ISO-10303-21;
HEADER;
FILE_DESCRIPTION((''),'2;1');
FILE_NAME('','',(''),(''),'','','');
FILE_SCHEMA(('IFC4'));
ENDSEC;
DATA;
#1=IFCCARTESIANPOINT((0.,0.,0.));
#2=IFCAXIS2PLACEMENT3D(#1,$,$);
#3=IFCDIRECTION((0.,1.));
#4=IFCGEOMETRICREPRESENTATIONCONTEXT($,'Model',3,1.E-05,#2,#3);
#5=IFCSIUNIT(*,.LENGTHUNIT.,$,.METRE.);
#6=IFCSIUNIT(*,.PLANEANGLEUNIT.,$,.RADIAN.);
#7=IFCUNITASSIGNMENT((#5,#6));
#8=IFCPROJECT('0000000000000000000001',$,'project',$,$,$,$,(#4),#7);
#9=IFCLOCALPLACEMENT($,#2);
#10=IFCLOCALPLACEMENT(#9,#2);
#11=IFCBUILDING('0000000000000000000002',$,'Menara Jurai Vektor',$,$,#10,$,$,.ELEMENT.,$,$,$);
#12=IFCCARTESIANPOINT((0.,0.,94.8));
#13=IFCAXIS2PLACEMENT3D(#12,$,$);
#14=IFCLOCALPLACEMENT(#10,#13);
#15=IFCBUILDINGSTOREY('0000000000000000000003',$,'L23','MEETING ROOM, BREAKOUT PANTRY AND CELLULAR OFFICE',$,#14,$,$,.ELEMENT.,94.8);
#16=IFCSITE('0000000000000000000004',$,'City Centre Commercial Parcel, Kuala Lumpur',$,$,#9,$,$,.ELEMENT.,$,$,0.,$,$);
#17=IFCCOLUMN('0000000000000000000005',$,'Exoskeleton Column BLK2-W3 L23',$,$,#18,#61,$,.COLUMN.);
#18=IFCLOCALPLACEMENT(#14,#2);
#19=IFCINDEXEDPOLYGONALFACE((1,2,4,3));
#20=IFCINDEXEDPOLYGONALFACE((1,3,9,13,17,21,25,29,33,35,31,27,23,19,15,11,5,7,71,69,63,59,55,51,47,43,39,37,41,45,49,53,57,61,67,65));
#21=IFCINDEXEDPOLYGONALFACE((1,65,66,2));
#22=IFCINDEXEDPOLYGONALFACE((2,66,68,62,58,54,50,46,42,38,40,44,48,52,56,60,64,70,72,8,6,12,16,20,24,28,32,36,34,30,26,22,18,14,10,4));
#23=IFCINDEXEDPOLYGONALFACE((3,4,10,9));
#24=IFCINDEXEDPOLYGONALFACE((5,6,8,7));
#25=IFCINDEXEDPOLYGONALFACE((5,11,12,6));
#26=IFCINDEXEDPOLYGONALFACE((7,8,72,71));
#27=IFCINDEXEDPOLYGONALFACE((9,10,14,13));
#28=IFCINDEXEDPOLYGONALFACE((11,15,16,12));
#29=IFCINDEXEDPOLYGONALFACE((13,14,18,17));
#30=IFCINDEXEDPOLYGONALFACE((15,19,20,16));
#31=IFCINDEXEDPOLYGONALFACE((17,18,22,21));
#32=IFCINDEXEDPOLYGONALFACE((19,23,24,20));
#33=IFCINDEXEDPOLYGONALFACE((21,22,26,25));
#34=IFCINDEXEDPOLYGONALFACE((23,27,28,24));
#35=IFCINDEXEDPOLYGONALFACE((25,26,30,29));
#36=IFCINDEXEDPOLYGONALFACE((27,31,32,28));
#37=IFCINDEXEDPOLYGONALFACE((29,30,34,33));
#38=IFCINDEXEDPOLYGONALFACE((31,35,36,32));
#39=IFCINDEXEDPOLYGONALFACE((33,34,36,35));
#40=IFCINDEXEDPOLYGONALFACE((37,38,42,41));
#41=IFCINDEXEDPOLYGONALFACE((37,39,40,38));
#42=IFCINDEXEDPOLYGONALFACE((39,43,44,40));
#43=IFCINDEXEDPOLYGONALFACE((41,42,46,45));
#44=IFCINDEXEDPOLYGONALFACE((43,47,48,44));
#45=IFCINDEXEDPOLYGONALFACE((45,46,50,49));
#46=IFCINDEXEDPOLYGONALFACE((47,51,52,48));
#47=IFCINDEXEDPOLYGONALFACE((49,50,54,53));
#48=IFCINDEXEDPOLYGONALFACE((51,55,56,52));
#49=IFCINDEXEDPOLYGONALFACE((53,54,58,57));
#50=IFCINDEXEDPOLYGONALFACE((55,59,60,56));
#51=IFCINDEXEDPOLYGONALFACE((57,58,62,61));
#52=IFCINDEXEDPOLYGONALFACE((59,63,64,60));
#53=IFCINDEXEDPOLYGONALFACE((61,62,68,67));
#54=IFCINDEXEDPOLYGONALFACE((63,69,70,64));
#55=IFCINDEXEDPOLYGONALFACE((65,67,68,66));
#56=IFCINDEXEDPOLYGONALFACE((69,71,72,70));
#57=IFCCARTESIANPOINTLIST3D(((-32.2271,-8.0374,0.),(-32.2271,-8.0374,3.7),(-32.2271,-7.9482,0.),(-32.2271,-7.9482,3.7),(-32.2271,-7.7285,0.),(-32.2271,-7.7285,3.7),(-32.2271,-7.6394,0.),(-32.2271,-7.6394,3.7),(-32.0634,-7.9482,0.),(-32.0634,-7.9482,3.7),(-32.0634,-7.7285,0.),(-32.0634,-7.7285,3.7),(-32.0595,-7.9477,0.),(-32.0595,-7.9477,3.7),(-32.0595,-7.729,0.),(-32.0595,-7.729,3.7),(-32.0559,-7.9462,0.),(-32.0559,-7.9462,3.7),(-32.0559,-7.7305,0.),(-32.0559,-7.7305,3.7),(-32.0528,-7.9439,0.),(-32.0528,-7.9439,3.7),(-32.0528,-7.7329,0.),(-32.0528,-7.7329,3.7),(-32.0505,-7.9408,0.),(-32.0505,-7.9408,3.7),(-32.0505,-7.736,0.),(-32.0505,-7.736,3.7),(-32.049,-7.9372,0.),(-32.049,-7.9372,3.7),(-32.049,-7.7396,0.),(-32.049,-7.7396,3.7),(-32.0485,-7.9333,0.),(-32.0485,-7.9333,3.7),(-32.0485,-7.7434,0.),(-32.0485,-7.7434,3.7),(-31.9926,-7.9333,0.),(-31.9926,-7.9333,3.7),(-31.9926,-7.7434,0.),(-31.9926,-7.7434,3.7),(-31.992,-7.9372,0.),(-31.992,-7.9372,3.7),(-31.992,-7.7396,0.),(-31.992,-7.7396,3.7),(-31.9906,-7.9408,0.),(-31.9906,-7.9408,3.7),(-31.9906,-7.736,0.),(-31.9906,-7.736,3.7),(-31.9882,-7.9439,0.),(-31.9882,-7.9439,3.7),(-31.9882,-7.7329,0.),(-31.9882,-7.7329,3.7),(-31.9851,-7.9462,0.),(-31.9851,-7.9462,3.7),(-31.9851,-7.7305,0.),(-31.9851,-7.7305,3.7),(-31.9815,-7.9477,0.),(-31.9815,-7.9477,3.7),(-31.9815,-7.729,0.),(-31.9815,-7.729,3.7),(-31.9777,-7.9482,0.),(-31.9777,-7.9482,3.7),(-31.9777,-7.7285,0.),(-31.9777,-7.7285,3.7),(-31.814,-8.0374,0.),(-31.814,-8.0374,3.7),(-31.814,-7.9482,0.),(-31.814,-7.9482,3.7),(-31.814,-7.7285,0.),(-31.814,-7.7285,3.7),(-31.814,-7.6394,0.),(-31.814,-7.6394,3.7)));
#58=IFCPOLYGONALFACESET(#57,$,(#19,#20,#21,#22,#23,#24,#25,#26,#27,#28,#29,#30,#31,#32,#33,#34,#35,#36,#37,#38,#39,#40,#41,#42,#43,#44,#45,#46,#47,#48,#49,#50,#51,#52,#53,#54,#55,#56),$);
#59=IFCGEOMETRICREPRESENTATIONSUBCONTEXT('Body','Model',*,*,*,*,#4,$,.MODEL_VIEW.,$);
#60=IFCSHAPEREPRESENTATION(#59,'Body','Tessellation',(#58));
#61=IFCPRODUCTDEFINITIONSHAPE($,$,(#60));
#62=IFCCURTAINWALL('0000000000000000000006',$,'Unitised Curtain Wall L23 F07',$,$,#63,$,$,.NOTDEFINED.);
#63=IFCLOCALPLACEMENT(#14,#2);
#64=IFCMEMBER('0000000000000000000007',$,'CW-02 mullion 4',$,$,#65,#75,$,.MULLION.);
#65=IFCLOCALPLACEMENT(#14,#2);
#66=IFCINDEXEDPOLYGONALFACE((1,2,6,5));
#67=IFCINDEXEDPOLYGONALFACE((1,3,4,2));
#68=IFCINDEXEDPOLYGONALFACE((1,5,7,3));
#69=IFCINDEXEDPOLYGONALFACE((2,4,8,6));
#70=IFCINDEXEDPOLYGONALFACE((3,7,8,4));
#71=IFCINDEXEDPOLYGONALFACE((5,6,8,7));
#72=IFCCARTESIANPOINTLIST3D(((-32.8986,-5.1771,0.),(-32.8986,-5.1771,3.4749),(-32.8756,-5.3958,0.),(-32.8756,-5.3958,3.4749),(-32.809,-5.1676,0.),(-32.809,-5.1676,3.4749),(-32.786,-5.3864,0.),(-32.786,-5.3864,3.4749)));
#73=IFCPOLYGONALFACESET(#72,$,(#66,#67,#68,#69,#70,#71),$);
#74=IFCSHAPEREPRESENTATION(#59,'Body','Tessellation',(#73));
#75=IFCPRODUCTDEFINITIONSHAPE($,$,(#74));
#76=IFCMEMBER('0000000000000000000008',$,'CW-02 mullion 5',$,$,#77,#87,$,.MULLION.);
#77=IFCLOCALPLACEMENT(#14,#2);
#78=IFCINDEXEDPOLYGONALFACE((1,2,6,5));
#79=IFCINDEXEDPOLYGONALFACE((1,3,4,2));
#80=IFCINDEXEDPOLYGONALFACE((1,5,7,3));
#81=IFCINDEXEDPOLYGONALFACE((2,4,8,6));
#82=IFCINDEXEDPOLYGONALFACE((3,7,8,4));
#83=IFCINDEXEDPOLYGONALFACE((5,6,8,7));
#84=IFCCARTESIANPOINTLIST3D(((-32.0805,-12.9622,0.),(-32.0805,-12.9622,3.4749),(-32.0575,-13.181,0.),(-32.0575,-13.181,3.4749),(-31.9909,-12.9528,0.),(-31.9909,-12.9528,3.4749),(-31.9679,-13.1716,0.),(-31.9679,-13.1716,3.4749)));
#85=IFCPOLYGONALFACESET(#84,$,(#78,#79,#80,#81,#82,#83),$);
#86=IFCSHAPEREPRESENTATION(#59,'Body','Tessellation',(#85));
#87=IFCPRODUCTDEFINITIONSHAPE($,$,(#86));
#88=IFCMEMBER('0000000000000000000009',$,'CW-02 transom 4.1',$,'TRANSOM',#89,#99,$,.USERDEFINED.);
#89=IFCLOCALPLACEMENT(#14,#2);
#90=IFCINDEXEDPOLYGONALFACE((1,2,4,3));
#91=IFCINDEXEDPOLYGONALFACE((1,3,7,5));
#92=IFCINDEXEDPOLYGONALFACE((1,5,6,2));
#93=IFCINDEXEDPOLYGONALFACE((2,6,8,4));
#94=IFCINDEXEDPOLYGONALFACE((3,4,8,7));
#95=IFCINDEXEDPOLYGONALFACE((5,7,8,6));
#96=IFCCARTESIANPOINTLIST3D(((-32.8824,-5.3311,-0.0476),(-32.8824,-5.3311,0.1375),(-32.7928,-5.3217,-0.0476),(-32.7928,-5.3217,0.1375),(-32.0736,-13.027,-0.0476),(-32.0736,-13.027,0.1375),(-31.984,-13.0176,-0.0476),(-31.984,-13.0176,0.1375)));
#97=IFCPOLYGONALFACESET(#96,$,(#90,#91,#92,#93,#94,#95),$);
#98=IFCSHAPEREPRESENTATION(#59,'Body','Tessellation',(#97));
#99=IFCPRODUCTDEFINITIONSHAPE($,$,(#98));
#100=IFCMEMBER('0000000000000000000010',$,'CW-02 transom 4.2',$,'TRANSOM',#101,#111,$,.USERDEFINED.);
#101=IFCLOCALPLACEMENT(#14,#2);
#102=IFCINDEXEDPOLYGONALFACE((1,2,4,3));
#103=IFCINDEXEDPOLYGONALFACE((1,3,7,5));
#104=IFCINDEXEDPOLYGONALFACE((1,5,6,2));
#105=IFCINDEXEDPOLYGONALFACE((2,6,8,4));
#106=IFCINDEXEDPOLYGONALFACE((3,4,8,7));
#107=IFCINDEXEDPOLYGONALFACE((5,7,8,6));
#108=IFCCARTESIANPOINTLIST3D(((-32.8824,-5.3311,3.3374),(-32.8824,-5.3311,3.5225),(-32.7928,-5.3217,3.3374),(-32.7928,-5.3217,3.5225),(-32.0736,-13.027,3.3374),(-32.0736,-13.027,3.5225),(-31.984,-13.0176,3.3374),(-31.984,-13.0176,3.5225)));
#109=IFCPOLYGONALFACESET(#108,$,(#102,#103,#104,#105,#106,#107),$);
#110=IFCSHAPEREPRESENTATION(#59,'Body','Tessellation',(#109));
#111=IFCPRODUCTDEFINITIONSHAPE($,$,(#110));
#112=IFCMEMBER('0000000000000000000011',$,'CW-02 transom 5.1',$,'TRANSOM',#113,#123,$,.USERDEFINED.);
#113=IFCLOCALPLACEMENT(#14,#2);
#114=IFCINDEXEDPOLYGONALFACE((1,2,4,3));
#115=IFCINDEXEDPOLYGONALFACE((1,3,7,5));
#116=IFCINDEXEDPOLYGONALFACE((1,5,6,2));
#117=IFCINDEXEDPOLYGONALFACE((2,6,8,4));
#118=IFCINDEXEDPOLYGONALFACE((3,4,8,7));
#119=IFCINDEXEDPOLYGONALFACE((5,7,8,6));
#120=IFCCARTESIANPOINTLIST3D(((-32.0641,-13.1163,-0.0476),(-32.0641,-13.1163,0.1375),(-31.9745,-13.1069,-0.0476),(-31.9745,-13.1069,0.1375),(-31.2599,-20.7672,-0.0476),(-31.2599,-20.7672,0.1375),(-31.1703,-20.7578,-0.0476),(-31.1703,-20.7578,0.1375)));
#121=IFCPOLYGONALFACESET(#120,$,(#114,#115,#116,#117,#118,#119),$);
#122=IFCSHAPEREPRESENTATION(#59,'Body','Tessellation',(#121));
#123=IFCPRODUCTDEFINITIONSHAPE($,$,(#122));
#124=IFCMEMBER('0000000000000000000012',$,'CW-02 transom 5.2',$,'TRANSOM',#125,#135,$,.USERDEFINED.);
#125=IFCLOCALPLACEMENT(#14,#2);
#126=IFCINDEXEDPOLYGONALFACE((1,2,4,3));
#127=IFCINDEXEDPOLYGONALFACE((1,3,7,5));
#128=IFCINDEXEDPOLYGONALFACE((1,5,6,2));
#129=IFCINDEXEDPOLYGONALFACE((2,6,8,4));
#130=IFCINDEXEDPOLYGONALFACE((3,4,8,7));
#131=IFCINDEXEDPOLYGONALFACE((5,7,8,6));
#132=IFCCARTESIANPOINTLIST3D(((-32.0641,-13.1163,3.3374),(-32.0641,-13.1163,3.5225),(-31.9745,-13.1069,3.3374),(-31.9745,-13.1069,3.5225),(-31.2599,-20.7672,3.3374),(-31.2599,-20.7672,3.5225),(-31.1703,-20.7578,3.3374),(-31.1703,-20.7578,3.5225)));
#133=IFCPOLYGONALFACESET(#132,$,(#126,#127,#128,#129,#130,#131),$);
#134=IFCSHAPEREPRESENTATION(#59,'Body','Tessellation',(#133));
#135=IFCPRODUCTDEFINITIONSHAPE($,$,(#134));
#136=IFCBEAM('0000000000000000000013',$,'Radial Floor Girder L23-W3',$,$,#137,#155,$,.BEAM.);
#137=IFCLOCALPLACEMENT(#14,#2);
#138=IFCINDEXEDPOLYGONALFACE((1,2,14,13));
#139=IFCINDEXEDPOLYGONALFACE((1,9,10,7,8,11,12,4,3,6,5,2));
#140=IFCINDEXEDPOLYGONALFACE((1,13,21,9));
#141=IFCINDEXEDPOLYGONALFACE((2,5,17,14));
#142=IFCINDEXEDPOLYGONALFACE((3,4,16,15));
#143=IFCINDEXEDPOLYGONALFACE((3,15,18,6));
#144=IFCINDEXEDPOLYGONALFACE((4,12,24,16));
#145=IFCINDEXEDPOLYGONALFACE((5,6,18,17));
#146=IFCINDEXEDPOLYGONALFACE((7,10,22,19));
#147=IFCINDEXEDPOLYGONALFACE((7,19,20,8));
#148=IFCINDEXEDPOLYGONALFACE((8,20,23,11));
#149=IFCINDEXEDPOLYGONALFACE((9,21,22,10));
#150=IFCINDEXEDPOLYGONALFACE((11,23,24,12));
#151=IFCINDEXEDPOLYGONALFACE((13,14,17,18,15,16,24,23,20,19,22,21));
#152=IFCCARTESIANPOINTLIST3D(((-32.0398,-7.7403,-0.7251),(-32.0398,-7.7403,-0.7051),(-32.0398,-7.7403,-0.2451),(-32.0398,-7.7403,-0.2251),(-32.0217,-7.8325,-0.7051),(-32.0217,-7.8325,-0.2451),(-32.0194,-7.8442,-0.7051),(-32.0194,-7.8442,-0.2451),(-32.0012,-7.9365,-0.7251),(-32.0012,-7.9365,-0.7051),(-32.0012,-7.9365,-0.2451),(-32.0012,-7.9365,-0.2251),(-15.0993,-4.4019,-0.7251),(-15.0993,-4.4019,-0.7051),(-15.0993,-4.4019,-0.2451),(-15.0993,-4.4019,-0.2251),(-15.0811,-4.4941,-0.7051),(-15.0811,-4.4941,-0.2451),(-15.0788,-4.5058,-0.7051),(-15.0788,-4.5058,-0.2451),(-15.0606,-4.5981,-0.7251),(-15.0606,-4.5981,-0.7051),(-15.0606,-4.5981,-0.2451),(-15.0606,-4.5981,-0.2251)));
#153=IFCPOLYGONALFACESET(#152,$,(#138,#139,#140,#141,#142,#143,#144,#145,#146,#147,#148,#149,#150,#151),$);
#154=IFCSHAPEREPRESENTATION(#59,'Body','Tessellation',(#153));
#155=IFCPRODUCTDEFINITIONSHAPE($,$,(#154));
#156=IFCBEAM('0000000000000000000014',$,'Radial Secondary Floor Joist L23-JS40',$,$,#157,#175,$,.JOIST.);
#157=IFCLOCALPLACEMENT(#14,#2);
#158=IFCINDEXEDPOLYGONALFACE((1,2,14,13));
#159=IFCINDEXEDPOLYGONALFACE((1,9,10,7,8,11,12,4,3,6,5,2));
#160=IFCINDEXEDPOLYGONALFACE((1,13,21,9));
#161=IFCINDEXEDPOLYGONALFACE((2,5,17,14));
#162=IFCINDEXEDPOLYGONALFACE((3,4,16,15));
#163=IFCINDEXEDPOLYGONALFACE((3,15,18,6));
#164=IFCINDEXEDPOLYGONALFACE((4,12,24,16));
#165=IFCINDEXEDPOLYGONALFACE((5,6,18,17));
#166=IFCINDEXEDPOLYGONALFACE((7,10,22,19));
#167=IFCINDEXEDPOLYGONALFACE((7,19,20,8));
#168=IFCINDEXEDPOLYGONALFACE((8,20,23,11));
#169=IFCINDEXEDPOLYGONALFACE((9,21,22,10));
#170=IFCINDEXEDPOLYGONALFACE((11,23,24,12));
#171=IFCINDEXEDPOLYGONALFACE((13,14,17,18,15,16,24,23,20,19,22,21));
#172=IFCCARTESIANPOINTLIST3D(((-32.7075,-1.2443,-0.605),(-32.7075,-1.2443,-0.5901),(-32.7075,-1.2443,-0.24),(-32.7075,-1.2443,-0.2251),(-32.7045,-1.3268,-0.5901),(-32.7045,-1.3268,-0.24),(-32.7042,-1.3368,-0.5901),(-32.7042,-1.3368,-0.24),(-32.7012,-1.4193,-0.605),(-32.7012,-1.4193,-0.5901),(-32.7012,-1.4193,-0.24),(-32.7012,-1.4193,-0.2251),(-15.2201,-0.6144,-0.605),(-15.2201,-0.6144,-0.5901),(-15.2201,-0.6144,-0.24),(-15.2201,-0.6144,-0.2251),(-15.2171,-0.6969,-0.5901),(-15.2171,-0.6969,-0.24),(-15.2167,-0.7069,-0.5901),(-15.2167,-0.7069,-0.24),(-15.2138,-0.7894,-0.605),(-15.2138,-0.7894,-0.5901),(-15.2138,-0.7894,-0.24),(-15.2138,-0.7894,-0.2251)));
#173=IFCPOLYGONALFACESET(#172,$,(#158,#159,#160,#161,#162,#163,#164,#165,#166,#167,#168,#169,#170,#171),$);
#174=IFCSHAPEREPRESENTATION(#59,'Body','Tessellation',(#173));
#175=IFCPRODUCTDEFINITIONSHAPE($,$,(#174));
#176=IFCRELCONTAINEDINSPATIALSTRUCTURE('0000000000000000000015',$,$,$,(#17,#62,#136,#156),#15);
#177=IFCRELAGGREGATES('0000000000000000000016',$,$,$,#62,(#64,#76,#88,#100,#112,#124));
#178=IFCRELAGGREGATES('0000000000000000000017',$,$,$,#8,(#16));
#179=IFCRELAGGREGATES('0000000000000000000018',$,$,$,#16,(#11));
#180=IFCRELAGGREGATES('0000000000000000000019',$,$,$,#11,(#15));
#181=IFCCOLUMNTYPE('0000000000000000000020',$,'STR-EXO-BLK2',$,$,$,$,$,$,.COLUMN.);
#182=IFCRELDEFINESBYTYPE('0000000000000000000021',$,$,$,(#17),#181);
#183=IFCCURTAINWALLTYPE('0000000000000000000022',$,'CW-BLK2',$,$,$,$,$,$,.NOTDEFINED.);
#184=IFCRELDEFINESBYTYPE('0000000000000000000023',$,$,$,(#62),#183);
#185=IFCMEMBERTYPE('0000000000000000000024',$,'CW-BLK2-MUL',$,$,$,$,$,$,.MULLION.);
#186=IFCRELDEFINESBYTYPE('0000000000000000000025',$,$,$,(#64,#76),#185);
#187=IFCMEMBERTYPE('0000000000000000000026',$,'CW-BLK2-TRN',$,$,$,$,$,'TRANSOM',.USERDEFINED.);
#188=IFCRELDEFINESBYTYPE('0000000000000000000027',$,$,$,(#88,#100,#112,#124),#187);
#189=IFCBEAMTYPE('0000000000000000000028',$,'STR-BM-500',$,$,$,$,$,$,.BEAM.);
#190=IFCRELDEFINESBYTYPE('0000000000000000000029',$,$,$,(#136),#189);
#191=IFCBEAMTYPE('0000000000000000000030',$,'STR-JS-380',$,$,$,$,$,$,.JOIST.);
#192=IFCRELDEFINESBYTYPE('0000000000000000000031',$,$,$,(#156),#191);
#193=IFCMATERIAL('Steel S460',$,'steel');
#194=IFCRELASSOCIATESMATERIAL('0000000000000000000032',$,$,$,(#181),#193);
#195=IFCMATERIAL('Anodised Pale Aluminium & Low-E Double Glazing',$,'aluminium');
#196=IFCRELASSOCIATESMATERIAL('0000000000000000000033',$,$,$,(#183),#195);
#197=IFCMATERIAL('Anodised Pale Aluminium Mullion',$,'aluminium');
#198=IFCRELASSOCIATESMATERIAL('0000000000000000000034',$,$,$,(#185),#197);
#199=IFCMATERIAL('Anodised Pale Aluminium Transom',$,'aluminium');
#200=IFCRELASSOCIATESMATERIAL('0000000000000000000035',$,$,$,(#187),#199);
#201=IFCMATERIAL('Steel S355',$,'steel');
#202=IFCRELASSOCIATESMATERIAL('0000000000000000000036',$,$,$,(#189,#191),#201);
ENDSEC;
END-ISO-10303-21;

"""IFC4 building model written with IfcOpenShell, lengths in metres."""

from ifc_helpers import new_model, si_unit, direction, frame, origin, origin_2d, place, context, subcontext, project, spatial, rectangle, i_section, extrude, material, material_profile, profile_set, type_object, element, aggregate, save


model = new_model("IFC4")

# Units and contexts
model_context = context("Model", 3, precision=1e-05, world=origin(), true_north=direction((0.0, 1.0)))
body_context = subcontext(model_context, "Body", "Model", "MODEL_VIEW")
ifc_project = project(units=[si_unit("LENGTHUNIT", "METRE"), si_unit("PLANEANGLEUNIT", "RADIAN")], contexts=[model_context])

# Site, building, storey
site_placement = place(None, origin())
site = spatial("IfcSite", under=ifc_project, at=site_placement, Name="City Centre Commercial Parcel, Kuala Lumpur", CompositionType="ELEMENT", RefElevation=0.0)
building_placement = place(site_placement, origin())
building = spatial("IfcBuilding", under=site, at=building_placement, Name="Menara Jurai Vektor", CompositionType="ELEMENT")
storey_placement = place(building_placement, frame((0.0, 0.0, 94.8)))
storey = spatial("IfcBuildingStorey", under=building, at=storey_placement, Name="L23", Description="MEETING ROOM, BREAKOUT PANTRY AND CELLULAR OFFICE", CompositionType="ELEMENT", Elevation=94.8)

# Column
ifc_material_1 = material(Name="Steel S460", Category="steel")
ifc_material_profile_1 = material_profile(ifc_material_1, i_section(OverallWidth=0.4131, OverallDepth=0.3979, WebThickness=0.0559, FlangeThickness=0.0891, FilletRadius=0.0149, at=origin_2d()), Name="HD 400x744")
ifc_profile_set_1 = profile_set([ifc_material_profile_1], Name="Steel S460")
column_type = type_object("IfcColumnType", Name="STR-EXO-BLK2", PredefinedType="COLUMN", material=ifc_profile_set_1)
column_placement = place(storey_placement, frame((-32.0205, -7.8384, 0.0), z_axis=(0.0, 0.0, 1.0), x_axis=(1.0, 0.0, 0.0)))
element("IfcColumn", 1, at=column_placement, inside=storey, type_object=column_type, Name="Exoskeleton Column BLK2-W3 L23", PredefinedType="COLUMN", context=body_context, shape_type="SweptSolid", body=[
    extrude(i_section(OverallWidth=0.4131, OverallDepth=0.3979, WebThickness=0.0559, FlangeThickness=0.0891, FilletRadius=0.0149, at=origin_2d()), origin(), (0.0, 0.0, 1.0), 3.7),
])

# Curtain wall, members
ifc_material_2 = material(Name="Anodised Pale Aluminium & Low-E Double Glazing", Category="aluminium")
curtain_wall_type = type_object("IfcCurtainWallType", Name="CW-BLK2", PredefinedType="NOTDEFINED", material=ifc_material_2)
curtain_wall_placement = place(storey_placement, origin())
curtain_wall = element("IfcCurtainWall", 2, at=curtain_wall_placement, inside=storey, type_object=curtain_wall_type, Name="Unitised Curtain Wall L23 F07", PredefinedType="NOTDEFINED")
ifc_material_3 = material(Name="Anodised Pale Aluminium Mullion", Category="aluminium")
ifc_material_profile_2 = material_profile(ifc_material_3, rectangle(XDim=0.0901, YDim=0.22, at=origin_2d()), Name="ALU MUL 90x220")
ifc_profile_set_2 = profile_set([ifc_material_profile_2], Name="Anodised Pale Aluminium Mullion")
member_type_1 = type_object("IfcMemberType", Name="CW-BLK2-MUL", PredefinedType="MULLION", material=ifc_profile_set_2)
member_1_placement = place(storey_placement, frame((-32.8423, -5.2817, 0.0), z_axis=(0.0, 0.0, 1.0), x_axis=(0.994522, 0.10453, 0.0)))
member_1 = element("IfcMember", 3, at=member_1_placement, type_object=member_type_1, Name="CW-02 mullion 4", PredefinedType="MULLION", context=body_context, shape_type="SweptSolid", body=[
    extrude(rectangle(XDim=0.0901, YDim=0.22, at=origin_2d()), origin(), (0.0, 0.0, 1.0), 3.4749),
])
member_2_placement = place(storey_placement, frame((-32.0242, -13.0669, 0.0), z_axis=(0.0, 0.0, 1.0), x_axis=(0.994522, 0.10453, 0.0)))
member_2 = element("IfcMember", 4, at=member_2_placement, type_object=member_type_1, Name="CW-02 mullion 5", PredefinedType="MULLION", context=body_context, shape_type="SweptSolid", body=[
    extrude(rectangle(XDim=0.0901, YDim=0.22, at=origin_2d()), origin(), (0.0, 0.0, 1.0), 3.4749),
])
ifc_material_4 = material(Name="Anodised Pale Aluminium Transom", Category="aluminium")
ifc_material_profile_3 = material_profile(ifc_material_4, rectangle(XDim=0.0901, YDim=0.1851, at=origin_2d()), Name="ALU TRN 90x185")
ifc_profile_set_3 = profile_set([ifc_material_profile_3], Name="Anodised Pale Aluminium Transom")
member_type_2 = type_object("IfcMemberType", Name="CW-BLK2-TRN", ElementType="TRANSOM", PredefinedType="USERDEFINED", material=ifc_profile_set_3)
member_3_placement = place(storey_placement, frame((-32.8376, -5.3264, 0.0449), z_axis=(0.104525, -0.994522, 0.0), x_axis=(0.994522, 0.104525, 0.0)))
member_3 = element("IfcMember", 5, at=member_3_placement, type_object=member_type_2, Name="CW-02 transom 4.1", ObjectType="TRANSOM", PredefinedType="USERDEFINED", context=body_context, shape_type="SweptSolid", body=[
    extrude(rectangle(XDim=0.0901, YDim=0.1851, at=origin_2d()), origin(), (0.0, 0.0, 1.0), 7.7383),
])
member_4_placement = place(storey_placement, frame((-32.8376, -5.3264, 3.4299), z_axis=(0.104525, -0.994522, 0.0), x_axis=(0.994522, 0.104525, 0.0)))
member_4 = element("IfcMember", 6, at=member_4_placement, type_object=member_type_2, Name="CW-02 transom 4.2", ObjectType="TRANSOM", PredefinedType="USERDEFINED", context=body_context, shape_type="SweptSolid", body=[
    extrude(rectangle(XDim=0.0901, YDim=0.1851, at=origin_2d()), origin(), (0.0, 0.0, 1.0), 7.7383),
])
member_5_placement = place(storey_placement, frame((-32.0193, -13.1116, 0.0449), z_axis=(0.104536, -0.994521, 0.0), x_axis=(0.994521, 0.104536, 0.0)))
member_5 = element("IfcMember", 7, at=member_5_placement, type_object=member_type_2, Name="CW-02 transom 5.1", ObjectType="TRANSOM", PredefinedType="USERDEFINED", context=body_context, shape_type="SweptSolid", body=[
    extrude(rectangle(XDim=0.0901, YDim=0.1851, at=origin_2d()), origin(), (0.0, 0.0, 1.0), 7.6931),
])
member_6_placement = place(storey_placement, frame((-32.0193, -13.1116, 3.4299), z_axis=(0.104536, -0.994521, 0.0), x_axis=(0.994521, 0.104536, 0.0)))
member_6 = element("IfcMember", 8, at=member_6_placement, type_object=member_type_2, Name="CW-02 transom 5.2", ObjectType="TRANSOM", PredefinedType="USERDEFINED", context=body_context, shape_type="SweptSolid", body=[
    extrude(rectangle(XDim=0.0901, YDim=0.1851, at=origin_2d()), origin(), (0.0, 0.0, 1.0), 7.6931),
])

# Beams
ifc_material_5 = material(Name="Steel S355", Category="steel")
ifc_material_profile_4 = material_profile(ifc_material_5, i_section(OverallWidth=0.2, OverallDepth=0.5, WebThickness=0.012, FlangeThickness=0.02, at=origin_2d()), Name="PG 500x200x96")
ifc_profile_set_4 = profile_set([ifc_material_profile_4], Name="Steel S355")
beam_type_1 = type_object("IfcBeamType", Name="STR-BM-500", PredefinedType="BEAM", material=ifc_profile_set_4)
beam_1_placement = place(storey_placement, frame((-32.0205, -7.8384, -0.4751), z_axis=(0.98113, 0.193347, 0.0), x_axis=(-0.193347, 0.98113, 0.0)))
element("IfcBeam", 9, at=beam_1_placement, inside=storey, type_object=beam_type_1, Name="Radial Floor Girder L23-W3", PredefinedType="BEAM", context=body_context, shape_type="SweptSolid", body=[
    extrude(i_section(OverallWidth=0.2, OverallDepth=0.5, WebThickness=0.012, FlangeThickness=0.02, at=origin_2d()), origin(), (0.0, 0.0, 1.0), 17.2664),
])
ifc_material_profile_5 = material_profile(ifc_material_5, i_section(OverallWidth=0.175, OverallDepth=0.3799, WebThickness=0.01, FlangeThickness=0.0149, at=origin_2d()), Name="PG 380x175x58")
ifc_profile_set_5 = profile_set([ifc_material_profile_5], Name="Steel S355")
beam_type_2 = type_object("IfcBeamType", Name="STR-JS-380", PredefinedType="JOIST", material=ifc_profile_set_5)
beam_2_placement = place(storey_placement, frame((-32.7043, -1.3318, -0.415), z_axis=(0.999352, 0.035996, 0.0), x_axis=(-0.035996, 0.999352, 0.0)))
element("IfcBeam", 10, at=beam_2_placement, inside=storey, type_object=beam_type_2, Name="Radial Secondary Floor Joist L23-JS40", PredefinedType="JOIST", context=body_context, shape_type="SweptSolid", body=[
    extrude(i_section(OverallWidth=0.175, OverallDepth=0.3799, WebThickness=0.01, FlangeThickness=0.0149, at=origin_2d()), origin(), (0.0, 0.0, 1.0), 17.4988),
])

aggregate(curtain_wall, [member_1, member_2, member_3, member_4, member_5, member_6])

save(model, "model.ifc")
